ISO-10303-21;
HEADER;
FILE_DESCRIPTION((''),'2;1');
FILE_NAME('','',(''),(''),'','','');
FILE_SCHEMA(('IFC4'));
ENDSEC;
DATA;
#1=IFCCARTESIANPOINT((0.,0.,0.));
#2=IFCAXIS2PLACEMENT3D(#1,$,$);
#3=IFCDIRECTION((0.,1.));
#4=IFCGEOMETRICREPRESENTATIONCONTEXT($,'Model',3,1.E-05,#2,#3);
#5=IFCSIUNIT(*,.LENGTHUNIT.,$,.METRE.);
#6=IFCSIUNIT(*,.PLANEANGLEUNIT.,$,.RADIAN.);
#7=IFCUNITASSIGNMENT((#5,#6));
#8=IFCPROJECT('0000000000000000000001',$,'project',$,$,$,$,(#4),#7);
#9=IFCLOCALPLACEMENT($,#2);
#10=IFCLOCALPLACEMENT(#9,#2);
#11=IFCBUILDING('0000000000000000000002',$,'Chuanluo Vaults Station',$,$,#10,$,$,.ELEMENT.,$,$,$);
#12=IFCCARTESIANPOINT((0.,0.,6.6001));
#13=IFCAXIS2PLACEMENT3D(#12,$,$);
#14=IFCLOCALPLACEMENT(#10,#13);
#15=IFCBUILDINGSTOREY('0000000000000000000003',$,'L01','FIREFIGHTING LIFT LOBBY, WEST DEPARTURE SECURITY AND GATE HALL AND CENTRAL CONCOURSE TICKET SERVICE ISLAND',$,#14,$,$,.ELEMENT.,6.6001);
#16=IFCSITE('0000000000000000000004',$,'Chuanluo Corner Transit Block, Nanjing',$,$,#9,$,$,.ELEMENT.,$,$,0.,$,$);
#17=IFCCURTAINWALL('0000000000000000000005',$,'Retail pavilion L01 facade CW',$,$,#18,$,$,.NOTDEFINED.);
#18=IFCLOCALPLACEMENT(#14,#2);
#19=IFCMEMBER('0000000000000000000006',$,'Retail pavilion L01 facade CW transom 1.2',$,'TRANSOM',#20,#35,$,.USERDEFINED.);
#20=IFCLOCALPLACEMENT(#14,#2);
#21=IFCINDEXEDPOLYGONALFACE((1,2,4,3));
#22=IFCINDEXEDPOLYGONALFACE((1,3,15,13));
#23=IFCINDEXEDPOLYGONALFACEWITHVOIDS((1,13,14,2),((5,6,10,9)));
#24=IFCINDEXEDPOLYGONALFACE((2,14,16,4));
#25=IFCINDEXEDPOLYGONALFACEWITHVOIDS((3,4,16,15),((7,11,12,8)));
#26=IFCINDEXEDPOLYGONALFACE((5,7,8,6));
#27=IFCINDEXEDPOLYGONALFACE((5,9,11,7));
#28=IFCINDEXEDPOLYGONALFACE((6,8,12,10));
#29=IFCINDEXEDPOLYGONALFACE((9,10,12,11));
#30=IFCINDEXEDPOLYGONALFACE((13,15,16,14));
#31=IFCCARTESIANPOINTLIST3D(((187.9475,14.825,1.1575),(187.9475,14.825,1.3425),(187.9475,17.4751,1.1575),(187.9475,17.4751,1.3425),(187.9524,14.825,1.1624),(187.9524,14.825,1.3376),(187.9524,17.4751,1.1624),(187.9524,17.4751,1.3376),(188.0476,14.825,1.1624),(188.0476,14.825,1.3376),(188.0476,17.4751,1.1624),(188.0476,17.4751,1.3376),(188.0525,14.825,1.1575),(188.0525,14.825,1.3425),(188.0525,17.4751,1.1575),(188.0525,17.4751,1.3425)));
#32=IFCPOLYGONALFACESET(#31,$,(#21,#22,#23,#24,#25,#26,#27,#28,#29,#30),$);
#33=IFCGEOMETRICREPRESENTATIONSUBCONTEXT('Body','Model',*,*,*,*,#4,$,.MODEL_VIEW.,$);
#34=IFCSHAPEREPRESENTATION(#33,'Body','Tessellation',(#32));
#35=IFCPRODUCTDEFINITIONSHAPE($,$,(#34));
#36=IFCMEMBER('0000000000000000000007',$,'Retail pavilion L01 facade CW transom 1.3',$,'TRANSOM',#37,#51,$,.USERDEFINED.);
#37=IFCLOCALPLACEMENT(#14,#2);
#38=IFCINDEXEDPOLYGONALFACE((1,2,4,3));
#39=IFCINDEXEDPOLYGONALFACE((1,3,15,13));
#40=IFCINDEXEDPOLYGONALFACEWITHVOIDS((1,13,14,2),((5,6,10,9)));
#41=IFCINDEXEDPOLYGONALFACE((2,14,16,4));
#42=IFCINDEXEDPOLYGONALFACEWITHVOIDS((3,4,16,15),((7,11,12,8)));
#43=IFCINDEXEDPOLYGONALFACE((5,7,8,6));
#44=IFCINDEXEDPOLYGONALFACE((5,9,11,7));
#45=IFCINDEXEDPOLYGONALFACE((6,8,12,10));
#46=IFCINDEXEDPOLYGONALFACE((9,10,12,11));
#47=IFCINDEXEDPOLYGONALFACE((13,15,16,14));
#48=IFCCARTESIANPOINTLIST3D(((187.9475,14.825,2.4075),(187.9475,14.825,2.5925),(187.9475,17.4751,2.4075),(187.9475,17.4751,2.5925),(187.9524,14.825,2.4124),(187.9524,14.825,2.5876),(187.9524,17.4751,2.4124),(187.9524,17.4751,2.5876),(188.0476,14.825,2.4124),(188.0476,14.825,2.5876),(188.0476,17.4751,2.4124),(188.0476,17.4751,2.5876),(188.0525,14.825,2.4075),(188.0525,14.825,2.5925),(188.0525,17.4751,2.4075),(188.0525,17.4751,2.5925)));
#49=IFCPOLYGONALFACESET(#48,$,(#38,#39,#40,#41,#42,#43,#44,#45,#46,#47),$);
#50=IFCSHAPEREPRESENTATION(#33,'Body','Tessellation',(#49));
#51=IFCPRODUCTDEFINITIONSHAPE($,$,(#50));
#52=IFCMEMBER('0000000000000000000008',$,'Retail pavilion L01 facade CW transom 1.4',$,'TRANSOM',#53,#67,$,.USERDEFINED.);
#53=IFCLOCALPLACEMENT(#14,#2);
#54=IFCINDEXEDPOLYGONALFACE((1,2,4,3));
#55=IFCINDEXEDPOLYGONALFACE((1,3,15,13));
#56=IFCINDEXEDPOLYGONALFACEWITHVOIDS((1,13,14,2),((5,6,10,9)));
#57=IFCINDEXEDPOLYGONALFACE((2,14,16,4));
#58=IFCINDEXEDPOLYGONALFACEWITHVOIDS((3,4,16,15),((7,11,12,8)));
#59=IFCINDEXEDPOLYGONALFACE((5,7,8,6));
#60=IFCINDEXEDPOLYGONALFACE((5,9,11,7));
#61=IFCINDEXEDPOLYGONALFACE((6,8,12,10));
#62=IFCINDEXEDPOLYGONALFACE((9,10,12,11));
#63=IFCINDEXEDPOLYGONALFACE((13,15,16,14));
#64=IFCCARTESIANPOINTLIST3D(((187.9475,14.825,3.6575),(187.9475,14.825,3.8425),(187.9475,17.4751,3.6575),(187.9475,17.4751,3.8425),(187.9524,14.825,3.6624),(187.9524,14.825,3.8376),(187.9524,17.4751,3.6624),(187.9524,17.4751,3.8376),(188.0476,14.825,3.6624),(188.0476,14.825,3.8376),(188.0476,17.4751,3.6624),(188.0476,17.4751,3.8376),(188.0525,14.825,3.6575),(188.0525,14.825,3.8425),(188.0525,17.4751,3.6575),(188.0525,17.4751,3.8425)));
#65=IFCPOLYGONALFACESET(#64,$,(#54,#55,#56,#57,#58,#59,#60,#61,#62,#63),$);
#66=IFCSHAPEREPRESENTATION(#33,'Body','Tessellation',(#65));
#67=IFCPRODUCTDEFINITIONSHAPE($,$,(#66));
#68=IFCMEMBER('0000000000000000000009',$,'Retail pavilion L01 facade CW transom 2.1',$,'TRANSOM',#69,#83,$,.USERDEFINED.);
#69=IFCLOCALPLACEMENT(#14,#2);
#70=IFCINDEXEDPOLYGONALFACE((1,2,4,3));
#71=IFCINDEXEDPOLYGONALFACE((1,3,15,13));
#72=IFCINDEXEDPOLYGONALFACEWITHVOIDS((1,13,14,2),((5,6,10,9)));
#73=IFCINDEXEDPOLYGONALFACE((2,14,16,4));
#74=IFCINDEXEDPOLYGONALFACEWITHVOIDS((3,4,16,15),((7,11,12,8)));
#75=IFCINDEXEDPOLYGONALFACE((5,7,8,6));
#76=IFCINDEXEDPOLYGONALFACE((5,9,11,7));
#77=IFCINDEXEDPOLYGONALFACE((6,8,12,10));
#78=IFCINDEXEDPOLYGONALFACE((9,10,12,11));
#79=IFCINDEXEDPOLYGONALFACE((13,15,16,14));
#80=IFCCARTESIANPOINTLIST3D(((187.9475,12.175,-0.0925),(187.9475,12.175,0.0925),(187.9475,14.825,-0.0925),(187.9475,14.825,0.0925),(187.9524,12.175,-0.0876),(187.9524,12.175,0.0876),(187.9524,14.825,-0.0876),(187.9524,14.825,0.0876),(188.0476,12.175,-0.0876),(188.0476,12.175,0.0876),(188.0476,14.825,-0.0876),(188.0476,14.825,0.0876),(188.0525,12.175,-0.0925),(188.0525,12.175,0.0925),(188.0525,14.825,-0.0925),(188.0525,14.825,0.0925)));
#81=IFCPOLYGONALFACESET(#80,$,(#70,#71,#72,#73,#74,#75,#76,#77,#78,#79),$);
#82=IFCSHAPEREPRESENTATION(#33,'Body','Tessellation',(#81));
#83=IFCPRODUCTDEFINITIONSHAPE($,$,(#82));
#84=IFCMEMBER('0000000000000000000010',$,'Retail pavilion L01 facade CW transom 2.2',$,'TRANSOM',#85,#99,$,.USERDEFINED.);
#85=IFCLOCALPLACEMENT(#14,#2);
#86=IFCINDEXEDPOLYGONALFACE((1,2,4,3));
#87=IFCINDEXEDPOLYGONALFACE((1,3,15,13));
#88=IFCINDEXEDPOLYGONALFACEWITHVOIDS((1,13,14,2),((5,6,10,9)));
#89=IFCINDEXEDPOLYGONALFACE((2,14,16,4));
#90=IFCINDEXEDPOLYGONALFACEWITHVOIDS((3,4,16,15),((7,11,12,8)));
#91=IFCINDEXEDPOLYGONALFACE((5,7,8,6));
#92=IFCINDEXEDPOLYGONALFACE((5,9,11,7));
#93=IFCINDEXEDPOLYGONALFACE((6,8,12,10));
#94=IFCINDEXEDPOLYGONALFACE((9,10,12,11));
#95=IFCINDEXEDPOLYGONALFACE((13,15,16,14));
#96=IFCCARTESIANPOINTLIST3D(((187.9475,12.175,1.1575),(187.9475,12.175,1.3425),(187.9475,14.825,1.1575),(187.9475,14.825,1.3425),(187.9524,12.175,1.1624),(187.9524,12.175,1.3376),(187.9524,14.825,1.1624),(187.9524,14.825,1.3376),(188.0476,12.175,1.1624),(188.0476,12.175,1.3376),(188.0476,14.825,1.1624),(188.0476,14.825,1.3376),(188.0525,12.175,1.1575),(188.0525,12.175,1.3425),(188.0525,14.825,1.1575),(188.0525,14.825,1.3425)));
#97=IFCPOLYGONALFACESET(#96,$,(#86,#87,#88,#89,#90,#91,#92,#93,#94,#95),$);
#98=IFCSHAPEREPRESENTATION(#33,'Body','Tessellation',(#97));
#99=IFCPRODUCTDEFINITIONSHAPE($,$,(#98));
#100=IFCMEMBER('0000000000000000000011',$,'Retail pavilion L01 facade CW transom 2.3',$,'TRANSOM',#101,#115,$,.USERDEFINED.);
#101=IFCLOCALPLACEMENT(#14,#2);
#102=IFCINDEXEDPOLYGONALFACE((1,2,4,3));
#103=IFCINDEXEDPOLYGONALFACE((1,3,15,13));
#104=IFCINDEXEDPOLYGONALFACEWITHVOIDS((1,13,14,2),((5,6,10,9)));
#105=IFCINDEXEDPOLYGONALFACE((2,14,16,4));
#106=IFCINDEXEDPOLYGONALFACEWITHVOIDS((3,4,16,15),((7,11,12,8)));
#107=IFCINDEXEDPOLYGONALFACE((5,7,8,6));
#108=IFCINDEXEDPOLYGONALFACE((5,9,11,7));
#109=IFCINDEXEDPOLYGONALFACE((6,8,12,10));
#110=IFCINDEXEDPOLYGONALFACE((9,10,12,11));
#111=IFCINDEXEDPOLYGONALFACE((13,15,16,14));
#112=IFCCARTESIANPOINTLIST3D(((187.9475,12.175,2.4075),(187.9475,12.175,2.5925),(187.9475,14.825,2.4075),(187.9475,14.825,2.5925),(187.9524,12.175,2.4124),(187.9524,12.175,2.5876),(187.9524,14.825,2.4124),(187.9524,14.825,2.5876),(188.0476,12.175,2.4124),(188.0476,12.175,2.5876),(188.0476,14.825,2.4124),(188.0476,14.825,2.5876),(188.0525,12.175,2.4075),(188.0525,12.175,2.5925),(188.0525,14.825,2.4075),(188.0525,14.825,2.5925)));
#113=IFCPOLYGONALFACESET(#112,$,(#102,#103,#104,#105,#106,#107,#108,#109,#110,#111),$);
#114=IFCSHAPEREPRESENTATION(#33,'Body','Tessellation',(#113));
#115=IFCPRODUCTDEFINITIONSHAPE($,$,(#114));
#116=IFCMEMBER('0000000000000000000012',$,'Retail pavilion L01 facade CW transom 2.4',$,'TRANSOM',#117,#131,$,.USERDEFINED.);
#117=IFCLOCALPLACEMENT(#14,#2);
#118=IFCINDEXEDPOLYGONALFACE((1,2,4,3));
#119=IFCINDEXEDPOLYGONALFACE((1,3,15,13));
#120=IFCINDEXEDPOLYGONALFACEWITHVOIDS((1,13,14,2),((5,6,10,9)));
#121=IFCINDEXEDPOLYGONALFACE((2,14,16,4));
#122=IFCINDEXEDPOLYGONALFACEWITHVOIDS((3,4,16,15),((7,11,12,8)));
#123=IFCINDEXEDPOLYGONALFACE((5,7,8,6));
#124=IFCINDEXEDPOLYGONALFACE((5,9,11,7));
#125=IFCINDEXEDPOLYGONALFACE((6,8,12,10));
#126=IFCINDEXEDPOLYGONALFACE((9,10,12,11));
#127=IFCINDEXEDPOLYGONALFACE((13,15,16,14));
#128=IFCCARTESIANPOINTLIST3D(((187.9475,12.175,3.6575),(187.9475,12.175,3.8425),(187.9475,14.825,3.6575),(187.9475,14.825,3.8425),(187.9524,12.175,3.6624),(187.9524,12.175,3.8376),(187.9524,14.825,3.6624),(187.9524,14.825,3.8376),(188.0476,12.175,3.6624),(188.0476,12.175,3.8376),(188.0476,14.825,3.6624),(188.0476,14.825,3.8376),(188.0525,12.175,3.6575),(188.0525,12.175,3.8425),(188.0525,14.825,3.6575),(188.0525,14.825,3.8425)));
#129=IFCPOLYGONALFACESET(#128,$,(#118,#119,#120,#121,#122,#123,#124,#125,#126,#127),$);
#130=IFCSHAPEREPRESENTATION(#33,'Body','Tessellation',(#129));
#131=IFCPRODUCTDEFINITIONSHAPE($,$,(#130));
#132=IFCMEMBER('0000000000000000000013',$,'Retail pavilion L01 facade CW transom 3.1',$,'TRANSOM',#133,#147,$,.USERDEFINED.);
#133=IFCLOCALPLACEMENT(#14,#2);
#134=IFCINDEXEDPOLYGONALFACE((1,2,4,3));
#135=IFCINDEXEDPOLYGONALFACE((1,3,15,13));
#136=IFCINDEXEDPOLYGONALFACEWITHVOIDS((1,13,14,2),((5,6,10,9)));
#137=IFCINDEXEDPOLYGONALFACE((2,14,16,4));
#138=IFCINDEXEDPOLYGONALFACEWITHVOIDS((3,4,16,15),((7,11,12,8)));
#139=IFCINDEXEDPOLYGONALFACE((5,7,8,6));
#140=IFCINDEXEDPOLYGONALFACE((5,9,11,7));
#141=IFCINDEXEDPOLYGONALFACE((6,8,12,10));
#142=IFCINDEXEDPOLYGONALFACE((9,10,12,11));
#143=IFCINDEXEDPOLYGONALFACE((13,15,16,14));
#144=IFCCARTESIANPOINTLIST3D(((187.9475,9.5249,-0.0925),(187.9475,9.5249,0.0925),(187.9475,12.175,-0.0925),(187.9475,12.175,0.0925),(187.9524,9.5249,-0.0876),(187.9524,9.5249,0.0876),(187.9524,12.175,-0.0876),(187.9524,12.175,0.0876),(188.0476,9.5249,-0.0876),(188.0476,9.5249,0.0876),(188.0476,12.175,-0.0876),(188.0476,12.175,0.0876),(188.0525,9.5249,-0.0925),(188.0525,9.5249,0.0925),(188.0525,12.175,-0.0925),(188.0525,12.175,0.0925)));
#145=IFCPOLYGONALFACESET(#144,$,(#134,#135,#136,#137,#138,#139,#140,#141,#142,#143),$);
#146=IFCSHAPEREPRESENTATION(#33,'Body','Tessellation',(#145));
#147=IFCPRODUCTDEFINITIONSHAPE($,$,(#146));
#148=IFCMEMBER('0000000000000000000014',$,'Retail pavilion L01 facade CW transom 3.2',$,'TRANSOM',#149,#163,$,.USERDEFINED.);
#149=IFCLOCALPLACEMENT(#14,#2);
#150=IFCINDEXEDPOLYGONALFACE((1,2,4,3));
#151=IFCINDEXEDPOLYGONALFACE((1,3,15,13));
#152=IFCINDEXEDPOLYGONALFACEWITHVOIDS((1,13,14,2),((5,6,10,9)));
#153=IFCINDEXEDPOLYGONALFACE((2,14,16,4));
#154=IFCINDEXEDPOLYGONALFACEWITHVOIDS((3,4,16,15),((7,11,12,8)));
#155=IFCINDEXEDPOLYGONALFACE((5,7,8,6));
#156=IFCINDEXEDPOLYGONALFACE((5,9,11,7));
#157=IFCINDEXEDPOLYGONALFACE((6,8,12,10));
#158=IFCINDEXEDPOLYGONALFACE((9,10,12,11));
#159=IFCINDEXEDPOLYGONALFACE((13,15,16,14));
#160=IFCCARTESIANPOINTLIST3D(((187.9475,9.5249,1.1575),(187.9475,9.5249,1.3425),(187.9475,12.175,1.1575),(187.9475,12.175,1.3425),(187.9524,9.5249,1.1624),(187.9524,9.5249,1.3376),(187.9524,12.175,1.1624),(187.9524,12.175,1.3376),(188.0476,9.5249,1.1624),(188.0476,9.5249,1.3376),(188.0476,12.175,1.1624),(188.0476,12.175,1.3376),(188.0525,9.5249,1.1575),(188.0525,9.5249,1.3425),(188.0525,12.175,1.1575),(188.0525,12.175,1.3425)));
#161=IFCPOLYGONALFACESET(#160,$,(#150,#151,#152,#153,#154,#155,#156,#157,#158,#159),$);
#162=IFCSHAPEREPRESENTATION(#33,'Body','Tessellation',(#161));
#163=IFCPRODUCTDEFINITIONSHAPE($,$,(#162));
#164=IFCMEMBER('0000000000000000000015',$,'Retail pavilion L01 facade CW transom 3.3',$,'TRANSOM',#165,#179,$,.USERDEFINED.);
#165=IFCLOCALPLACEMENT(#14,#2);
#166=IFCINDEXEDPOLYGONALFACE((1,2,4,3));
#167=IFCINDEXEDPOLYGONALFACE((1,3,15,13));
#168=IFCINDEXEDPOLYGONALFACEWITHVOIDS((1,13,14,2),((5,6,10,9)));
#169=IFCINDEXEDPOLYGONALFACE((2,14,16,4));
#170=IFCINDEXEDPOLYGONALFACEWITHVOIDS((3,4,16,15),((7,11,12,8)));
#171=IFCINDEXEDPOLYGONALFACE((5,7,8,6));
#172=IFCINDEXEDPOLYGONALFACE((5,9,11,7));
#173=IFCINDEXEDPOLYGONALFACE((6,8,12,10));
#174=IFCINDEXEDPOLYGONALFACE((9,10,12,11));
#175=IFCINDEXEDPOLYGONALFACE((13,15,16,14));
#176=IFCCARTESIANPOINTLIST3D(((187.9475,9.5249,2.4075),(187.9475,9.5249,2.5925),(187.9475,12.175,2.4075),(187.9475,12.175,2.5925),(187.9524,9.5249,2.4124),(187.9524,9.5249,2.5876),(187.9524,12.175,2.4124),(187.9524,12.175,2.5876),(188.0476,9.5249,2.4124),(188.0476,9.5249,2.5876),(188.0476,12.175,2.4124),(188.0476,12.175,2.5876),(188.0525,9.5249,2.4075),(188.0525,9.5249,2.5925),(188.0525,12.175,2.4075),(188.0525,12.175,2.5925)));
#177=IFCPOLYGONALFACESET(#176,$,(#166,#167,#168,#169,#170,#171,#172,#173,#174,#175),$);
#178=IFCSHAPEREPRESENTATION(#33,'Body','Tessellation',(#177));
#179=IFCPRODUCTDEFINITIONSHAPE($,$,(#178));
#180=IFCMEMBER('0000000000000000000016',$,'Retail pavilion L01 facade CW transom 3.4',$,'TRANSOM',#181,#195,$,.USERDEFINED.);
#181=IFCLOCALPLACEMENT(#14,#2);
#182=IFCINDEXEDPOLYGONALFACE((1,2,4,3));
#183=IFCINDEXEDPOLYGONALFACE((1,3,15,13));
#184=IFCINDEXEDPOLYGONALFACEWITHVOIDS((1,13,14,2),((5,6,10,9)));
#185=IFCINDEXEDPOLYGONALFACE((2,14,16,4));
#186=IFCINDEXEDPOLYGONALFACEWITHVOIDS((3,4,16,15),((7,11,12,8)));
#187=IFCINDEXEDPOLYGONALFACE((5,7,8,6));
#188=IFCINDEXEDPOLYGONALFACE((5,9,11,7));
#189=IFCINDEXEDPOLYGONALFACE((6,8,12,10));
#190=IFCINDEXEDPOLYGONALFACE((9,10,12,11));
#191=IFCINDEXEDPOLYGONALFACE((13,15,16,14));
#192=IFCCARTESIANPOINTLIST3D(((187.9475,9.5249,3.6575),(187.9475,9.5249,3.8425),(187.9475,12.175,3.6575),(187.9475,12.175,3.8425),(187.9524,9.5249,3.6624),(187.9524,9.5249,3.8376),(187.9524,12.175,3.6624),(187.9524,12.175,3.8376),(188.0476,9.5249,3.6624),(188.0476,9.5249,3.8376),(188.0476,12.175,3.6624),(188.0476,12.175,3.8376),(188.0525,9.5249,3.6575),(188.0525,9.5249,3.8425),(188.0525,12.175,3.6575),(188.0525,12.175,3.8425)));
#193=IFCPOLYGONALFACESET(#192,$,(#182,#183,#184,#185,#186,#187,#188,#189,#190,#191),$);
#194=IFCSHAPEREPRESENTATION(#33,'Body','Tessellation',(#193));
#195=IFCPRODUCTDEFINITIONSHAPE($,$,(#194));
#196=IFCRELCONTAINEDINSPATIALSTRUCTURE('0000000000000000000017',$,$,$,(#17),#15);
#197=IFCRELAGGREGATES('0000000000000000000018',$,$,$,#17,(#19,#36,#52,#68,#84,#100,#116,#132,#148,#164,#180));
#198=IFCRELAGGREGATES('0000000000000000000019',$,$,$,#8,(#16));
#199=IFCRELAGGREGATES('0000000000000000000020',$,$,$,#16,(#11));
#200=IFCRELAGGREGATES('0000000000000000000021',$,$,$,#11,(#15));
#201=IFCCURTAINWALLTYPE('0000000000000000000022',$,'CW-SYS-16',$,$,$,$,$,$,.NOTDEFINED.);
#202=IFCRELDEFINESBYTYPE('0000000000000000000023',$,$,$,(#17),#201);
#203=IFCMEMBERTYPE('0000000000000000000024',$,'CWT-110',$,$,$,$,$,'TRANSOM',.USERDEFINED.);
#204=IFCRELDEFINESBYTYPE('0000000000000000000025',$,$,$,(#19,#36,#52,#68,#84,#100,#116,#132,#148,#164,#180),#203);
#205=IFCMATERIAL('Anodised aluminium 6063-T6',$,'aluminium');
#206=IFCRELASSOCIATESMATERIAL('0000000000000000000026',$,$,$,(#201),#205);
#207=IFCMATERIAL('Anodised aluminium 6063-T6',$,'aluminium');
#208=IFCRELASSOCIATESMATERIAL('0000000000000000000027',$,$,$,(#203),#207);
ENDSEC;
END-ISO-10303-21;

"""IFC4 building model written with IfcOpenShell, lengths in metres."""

from ifc_helpers import new_model, si_unit, direction, frame, origin, origin_2d, place, context, subcontext, project, spatial, hollow_rectangle, extrude, material, material_profile, profile_set, type_object, element, aggregate, save


model = new_model("IFC4")

# Units and contexts
model_context = context("Model", 3, precision=1e-05, world=origin(), true_north=direction((0.0, 1.0)))
body_context = subcontext(model_context, "Body", "Model", "MODEL_VIEW")
ifc_project = project(units=[si_unit("LENGTHUNIT", "METRE"), si_unit("PLANEANGLEUNIT", "RADIAN")], contexts=[model_context])

# Site, building, storey
site_placement = place(None, origin())
site = spatial("IfcSite", under=ifc_project, at=site_placement, Name="Chuanluo Corner Transit Block, Nanjing", CompositionType="ELEMENT", RefElevation=0.0)
building_placement = place(site_placement, origin())
building = spatial("IfcBuilding", under=site, at=building_placement, Name="Chuanluo Vaults Station", CompositionType="ELEMENT")
storey_placement = place(building_placement, frame((0.0, 0.0, 6.6001)))
storey = spatial("IfcBuildingStorey", under=building, at=storey_placement, Name="L01", Description="FIREFIGHTING LIFT LOBBY, WEST DEPARTURE SECURITY AND GATE HALL AND CENTRAL CONCOURSE TICKET SERVICE ISLAND", CompositionType="ELEMENT", Elevation=6.6001)

# Curtain wall, members
ifc_material_1 = material(Name="Anodised aluminium 6063-T6", Category="aluminium")
curtain_wall_type = type_object("IfcCurtainWallType", Name="CW-SYS-16", PredefinedType="NOTDEFINED", material=ifc_material_1)
curtain_wall_placement = place(storey_placement, origin())
curtain_wall = element("IfcCurtainWall", 1, at=curtain_wall_placement, inside=storey, type_object=curtain_wall_type, Name="Retail pavilion L01 facade CW", PredefinedType="NOTDEFINED")
ifc_material_2 = material(Name="Anodised aluminium 6063-T6", Category="aluminium")
ifc_material_profile_1 = material_profile(ifc_material_2, hollow_rectangle(XDim=0.105, YDim=0.1851, WallThickness=0.0049, at=origin_2d()))
ifc_profile_set_1 = profile_set([ifc_material_profile_1], Name="Anodised aluminium 6063-T6")
member_type_1 = type_object("IfcMemberType", Name="CWT-110", ElementType="TRANSOM", PredefinedType="USERDEFINED", material=ifc_profile_set_1)
member_1_placement = place(storey_placement, frame((188.0, 17.4751, 1.25), z_axis=(0.0, -1.0, 0.0), x_axis=(1.0, 0.0, 0.0)))
member_1 = element("IfcMember", 2, at=member_1_placement, type_object=member_type_1, Name="Retail pavilion L01 facade CW transom 1.2", ObjectType="TRANSOM", PredefinedType="USERDEFINED", context=body_context, shape_type="SweptSolid", body=[
    extrude(hollow_rectangle(XDim=0.105, YDim=0.1851, WallThickness=0.0049, at=origin_2d()), origin(), (0.0, 0.0, 1.0), 2.6501),
])
member_2_placement = place(storey_placement, frame((188.0, 17.4751, 2.5), z_axis=(0.0, -1.0, 0.0), x_axis=(1.0, 0.0, 0.0)))
member_2 = element("IfcMember", 3, at=member_2_placement, type_object=member_type_1, Name="Retail pavilion L01 facade CW transom 1.3", ObjectType="TRANSOM", PredefinedType="USERDEFINED", context=body_context, shape_type="SweptSolid", body=[
    extrude(hollow_rectangle(XDim=0.105, YDim=0.1851, WallThickness=0.0049, at=origin_2d()), origin(), (0.0, 0.0, 1.0), 2.6501),
])
member_3_placement = place(storey_placement, frame((188.0, 17.4751, 3.75), z_axis=(0.0, -1.0, 0.0), x_axis=(1.0, 0.0, 0.0)))
member_3 = element("IfcMember", 4, at=member_3_placement, type_object=member_type_1, Name="Retail pavilion L01 facade CW transom 1.4", ObjectType="TRANSOM", PredefinedType="USERDEFINED", context=body_context, shape_type="SweptSolid", body=[
    extrude(hollow_rectangle(XDim=0.105, YDim=0.1851, WallThickness=0.0049, at=origin_2d()), origin(), (0.0, 0.0, 1.0), 2.6501),
])
member_4_placement = place(storey_placement, frame((188.0, 14.825, 0.0), z_axis=(0.0, -1.0, 0.0), x_axis=(1.0, 0.0, 0.0)))
member_4 = element("IfcMember", 5, at=member_4_placement, type_object=member_type_1, Name="Retail pavilion L01 facade CW transom 2.1", ObjectType="TRANSOM", PredefinedType="USERDEFINED", context=body_context, shape_type="SweptSolid", body=[
    extrude(hollow_rectangle(XDim=0.105, YDim=0.1851, WallThickness=0.0049, at=origin_2d()), origin(), (0.0, 0.0, 1.0), 2.6499),
])
member_5_placement = place(storey_placement, frame((188.0, 14.825, 1.25), z_axis=(0.0, -1.0, 0.0), x_axis=(1.0, 0.0, 0.0)))
member_5 = element("IfcMember", 6, at=member_5_placement, type_object=member_type_1, Name="Retail pavilion L01 facade CW transom 2.2", ObjectType="TRANSOM", PredefinedType="USERDEFINED", context=body_context, shape_type="SweptSolid", body=[
    extrude(hollow_rectangle(XDim=0.105, YDim=0.1851, WallThickness=0.0049, at=origin_2d()), origin(), (0.0, 0.0, 1.0), 2.6499),
])
member_6_placement = place(storey_placement, frame((188.0, 14.825, 2.5), z_axis=(0.0, -1.0, 0.0), x_axis=(1.0, 0.0, 0.0)))
member_6 = element("IfcMember", 7, at=member_6_placement, type_object=member_type_1, Name="Retail pavilion L01 facade CW transom 2.3", ObjectType="TRANSOM", PredefinedType="USERDEFINED", context=body_context, shape_type="SweptSolid", body=[
    extrude(hollow_rectangle(XDim=0.105, YDim=0.1851, WallThickness=0.0049, at=origin_2d()), origin(), (0.0, 0.0, 1.0), 2.6499),
])
member_7_placement = place(storey_placement, frame((188.0, 14.825, 3.75), z_axis=(0.0, -1.0, 0.0), x_axis=(1.0, 0.0, 0.0)))
member_7 = element("IfcMember", 8, at=member_7_placement, type_object=member_type_1, Name="Retail pavilion L01 facade CW transom 2.4", ObjectType="TRANSOM", PredefinedType="USERDEFINED", context=body_context, shape_type="SweptSolid", body=[
    extrude(hollow_rectangle(XDim=0.105, YDim=0.1851, WallThickness=0.0049, at=origin_2d()), origin(), (0.0, 0.0, 1.0), 2.6499),
])
member_8_placement = place(storey_placement, frame((188.0, 12.175, 0.0), z_axis=(0.0, -1.0, 0.0), x_axis=(1.0, 0.0, 0.0)))
member_8 = element("IfcMember", 9, at=member_8_placement, type_object=member_type_1, Name="Retail pavilion L01 facade CW transom 3.1", ObjectType="TRANSOM", PredefinedType="USERDEFINED", context=body_context, shape_type="SweptSolid", body=[
    extrude(hollow_rectangle(XDim=0.105, YDim=0.1851, WallThickness=0.0049, at=origin_2d()), origin(), (0.0, 0.0, 1.0), 2.6501),
])
member_9_placement = place(storey_placement, frame((188.0, 12.175, 1.25), z_axis=(0.0, -1.0, 0.0), x_axis=(1.0, 0.0, 0.0)))
member_9 = element("IfcMember", 10, at=member_9_placement, type_object=member_type_1, Name="Retail pavilion L01 facade CW transom 3.2", ObjectType="TRANSOM", PredefinedType="USERDEFINED", context=body_context, shape_type="SweptSolid", body=[
    extrude(hollow_rectangle(XDim=0.105, YDim=0.1851, WallThickness=0.0049, at=origin_2d()), origin(), (0.0, 0.0, 1.0), 2.6501),
])
member_10_placement = place(storey_placement, frame((188.0, 12.175, 2.5), z_axis=(0.0, -1.0, 0.0), x_axis=(1.0, 0.0, 0.0)))
member_10 = element("IfcMember", 11, at=member_10_placement, type_object=member_type_1, Name="Retail pavilion L01 facade CW transom 3.3", ObjectType="TRANSOM", PredefinedType="USERDEFINED", context=body_context, shape_type="SweptSolid", body=[
    extrude(hollow_rectangle(XDim=0.105, YDim=0.1851, WallThickness=0.0049, at=origin_2d()), origin(), (0.0, 0.0, 1.0), 2.6501),
])
member_11_placement = place(storey_placement, frame((188.0, 12.175, 3.75), z_axis=(0.0, -1.0, 0.0), x_axis=(1.0, 0.0, 0.0)))
member_11 = element("IfcMember", 12, at=member_11_placement, type_object=member_type_1, Name="Retail pavilion L01 facade CW transom 3.4", ObjectType="TRANSOM", PredefinedType="USERDEFINED", context=body_context, shape_type="SweptSolid", body=[
    extrude(hollow_rectangle(XDim=0.105, YDim=0.1851, WallThickness=0.0049, at=origin_2d()), origin(), (0.0, 0.0, 1.0), 2.6501),
])
aggregate(curtain_wall, [member_1, member_2, member_3, member_4, member_5, member_6, member_7, member_8, member_9, member_10, member_11])

save(model, "model.ifc")
